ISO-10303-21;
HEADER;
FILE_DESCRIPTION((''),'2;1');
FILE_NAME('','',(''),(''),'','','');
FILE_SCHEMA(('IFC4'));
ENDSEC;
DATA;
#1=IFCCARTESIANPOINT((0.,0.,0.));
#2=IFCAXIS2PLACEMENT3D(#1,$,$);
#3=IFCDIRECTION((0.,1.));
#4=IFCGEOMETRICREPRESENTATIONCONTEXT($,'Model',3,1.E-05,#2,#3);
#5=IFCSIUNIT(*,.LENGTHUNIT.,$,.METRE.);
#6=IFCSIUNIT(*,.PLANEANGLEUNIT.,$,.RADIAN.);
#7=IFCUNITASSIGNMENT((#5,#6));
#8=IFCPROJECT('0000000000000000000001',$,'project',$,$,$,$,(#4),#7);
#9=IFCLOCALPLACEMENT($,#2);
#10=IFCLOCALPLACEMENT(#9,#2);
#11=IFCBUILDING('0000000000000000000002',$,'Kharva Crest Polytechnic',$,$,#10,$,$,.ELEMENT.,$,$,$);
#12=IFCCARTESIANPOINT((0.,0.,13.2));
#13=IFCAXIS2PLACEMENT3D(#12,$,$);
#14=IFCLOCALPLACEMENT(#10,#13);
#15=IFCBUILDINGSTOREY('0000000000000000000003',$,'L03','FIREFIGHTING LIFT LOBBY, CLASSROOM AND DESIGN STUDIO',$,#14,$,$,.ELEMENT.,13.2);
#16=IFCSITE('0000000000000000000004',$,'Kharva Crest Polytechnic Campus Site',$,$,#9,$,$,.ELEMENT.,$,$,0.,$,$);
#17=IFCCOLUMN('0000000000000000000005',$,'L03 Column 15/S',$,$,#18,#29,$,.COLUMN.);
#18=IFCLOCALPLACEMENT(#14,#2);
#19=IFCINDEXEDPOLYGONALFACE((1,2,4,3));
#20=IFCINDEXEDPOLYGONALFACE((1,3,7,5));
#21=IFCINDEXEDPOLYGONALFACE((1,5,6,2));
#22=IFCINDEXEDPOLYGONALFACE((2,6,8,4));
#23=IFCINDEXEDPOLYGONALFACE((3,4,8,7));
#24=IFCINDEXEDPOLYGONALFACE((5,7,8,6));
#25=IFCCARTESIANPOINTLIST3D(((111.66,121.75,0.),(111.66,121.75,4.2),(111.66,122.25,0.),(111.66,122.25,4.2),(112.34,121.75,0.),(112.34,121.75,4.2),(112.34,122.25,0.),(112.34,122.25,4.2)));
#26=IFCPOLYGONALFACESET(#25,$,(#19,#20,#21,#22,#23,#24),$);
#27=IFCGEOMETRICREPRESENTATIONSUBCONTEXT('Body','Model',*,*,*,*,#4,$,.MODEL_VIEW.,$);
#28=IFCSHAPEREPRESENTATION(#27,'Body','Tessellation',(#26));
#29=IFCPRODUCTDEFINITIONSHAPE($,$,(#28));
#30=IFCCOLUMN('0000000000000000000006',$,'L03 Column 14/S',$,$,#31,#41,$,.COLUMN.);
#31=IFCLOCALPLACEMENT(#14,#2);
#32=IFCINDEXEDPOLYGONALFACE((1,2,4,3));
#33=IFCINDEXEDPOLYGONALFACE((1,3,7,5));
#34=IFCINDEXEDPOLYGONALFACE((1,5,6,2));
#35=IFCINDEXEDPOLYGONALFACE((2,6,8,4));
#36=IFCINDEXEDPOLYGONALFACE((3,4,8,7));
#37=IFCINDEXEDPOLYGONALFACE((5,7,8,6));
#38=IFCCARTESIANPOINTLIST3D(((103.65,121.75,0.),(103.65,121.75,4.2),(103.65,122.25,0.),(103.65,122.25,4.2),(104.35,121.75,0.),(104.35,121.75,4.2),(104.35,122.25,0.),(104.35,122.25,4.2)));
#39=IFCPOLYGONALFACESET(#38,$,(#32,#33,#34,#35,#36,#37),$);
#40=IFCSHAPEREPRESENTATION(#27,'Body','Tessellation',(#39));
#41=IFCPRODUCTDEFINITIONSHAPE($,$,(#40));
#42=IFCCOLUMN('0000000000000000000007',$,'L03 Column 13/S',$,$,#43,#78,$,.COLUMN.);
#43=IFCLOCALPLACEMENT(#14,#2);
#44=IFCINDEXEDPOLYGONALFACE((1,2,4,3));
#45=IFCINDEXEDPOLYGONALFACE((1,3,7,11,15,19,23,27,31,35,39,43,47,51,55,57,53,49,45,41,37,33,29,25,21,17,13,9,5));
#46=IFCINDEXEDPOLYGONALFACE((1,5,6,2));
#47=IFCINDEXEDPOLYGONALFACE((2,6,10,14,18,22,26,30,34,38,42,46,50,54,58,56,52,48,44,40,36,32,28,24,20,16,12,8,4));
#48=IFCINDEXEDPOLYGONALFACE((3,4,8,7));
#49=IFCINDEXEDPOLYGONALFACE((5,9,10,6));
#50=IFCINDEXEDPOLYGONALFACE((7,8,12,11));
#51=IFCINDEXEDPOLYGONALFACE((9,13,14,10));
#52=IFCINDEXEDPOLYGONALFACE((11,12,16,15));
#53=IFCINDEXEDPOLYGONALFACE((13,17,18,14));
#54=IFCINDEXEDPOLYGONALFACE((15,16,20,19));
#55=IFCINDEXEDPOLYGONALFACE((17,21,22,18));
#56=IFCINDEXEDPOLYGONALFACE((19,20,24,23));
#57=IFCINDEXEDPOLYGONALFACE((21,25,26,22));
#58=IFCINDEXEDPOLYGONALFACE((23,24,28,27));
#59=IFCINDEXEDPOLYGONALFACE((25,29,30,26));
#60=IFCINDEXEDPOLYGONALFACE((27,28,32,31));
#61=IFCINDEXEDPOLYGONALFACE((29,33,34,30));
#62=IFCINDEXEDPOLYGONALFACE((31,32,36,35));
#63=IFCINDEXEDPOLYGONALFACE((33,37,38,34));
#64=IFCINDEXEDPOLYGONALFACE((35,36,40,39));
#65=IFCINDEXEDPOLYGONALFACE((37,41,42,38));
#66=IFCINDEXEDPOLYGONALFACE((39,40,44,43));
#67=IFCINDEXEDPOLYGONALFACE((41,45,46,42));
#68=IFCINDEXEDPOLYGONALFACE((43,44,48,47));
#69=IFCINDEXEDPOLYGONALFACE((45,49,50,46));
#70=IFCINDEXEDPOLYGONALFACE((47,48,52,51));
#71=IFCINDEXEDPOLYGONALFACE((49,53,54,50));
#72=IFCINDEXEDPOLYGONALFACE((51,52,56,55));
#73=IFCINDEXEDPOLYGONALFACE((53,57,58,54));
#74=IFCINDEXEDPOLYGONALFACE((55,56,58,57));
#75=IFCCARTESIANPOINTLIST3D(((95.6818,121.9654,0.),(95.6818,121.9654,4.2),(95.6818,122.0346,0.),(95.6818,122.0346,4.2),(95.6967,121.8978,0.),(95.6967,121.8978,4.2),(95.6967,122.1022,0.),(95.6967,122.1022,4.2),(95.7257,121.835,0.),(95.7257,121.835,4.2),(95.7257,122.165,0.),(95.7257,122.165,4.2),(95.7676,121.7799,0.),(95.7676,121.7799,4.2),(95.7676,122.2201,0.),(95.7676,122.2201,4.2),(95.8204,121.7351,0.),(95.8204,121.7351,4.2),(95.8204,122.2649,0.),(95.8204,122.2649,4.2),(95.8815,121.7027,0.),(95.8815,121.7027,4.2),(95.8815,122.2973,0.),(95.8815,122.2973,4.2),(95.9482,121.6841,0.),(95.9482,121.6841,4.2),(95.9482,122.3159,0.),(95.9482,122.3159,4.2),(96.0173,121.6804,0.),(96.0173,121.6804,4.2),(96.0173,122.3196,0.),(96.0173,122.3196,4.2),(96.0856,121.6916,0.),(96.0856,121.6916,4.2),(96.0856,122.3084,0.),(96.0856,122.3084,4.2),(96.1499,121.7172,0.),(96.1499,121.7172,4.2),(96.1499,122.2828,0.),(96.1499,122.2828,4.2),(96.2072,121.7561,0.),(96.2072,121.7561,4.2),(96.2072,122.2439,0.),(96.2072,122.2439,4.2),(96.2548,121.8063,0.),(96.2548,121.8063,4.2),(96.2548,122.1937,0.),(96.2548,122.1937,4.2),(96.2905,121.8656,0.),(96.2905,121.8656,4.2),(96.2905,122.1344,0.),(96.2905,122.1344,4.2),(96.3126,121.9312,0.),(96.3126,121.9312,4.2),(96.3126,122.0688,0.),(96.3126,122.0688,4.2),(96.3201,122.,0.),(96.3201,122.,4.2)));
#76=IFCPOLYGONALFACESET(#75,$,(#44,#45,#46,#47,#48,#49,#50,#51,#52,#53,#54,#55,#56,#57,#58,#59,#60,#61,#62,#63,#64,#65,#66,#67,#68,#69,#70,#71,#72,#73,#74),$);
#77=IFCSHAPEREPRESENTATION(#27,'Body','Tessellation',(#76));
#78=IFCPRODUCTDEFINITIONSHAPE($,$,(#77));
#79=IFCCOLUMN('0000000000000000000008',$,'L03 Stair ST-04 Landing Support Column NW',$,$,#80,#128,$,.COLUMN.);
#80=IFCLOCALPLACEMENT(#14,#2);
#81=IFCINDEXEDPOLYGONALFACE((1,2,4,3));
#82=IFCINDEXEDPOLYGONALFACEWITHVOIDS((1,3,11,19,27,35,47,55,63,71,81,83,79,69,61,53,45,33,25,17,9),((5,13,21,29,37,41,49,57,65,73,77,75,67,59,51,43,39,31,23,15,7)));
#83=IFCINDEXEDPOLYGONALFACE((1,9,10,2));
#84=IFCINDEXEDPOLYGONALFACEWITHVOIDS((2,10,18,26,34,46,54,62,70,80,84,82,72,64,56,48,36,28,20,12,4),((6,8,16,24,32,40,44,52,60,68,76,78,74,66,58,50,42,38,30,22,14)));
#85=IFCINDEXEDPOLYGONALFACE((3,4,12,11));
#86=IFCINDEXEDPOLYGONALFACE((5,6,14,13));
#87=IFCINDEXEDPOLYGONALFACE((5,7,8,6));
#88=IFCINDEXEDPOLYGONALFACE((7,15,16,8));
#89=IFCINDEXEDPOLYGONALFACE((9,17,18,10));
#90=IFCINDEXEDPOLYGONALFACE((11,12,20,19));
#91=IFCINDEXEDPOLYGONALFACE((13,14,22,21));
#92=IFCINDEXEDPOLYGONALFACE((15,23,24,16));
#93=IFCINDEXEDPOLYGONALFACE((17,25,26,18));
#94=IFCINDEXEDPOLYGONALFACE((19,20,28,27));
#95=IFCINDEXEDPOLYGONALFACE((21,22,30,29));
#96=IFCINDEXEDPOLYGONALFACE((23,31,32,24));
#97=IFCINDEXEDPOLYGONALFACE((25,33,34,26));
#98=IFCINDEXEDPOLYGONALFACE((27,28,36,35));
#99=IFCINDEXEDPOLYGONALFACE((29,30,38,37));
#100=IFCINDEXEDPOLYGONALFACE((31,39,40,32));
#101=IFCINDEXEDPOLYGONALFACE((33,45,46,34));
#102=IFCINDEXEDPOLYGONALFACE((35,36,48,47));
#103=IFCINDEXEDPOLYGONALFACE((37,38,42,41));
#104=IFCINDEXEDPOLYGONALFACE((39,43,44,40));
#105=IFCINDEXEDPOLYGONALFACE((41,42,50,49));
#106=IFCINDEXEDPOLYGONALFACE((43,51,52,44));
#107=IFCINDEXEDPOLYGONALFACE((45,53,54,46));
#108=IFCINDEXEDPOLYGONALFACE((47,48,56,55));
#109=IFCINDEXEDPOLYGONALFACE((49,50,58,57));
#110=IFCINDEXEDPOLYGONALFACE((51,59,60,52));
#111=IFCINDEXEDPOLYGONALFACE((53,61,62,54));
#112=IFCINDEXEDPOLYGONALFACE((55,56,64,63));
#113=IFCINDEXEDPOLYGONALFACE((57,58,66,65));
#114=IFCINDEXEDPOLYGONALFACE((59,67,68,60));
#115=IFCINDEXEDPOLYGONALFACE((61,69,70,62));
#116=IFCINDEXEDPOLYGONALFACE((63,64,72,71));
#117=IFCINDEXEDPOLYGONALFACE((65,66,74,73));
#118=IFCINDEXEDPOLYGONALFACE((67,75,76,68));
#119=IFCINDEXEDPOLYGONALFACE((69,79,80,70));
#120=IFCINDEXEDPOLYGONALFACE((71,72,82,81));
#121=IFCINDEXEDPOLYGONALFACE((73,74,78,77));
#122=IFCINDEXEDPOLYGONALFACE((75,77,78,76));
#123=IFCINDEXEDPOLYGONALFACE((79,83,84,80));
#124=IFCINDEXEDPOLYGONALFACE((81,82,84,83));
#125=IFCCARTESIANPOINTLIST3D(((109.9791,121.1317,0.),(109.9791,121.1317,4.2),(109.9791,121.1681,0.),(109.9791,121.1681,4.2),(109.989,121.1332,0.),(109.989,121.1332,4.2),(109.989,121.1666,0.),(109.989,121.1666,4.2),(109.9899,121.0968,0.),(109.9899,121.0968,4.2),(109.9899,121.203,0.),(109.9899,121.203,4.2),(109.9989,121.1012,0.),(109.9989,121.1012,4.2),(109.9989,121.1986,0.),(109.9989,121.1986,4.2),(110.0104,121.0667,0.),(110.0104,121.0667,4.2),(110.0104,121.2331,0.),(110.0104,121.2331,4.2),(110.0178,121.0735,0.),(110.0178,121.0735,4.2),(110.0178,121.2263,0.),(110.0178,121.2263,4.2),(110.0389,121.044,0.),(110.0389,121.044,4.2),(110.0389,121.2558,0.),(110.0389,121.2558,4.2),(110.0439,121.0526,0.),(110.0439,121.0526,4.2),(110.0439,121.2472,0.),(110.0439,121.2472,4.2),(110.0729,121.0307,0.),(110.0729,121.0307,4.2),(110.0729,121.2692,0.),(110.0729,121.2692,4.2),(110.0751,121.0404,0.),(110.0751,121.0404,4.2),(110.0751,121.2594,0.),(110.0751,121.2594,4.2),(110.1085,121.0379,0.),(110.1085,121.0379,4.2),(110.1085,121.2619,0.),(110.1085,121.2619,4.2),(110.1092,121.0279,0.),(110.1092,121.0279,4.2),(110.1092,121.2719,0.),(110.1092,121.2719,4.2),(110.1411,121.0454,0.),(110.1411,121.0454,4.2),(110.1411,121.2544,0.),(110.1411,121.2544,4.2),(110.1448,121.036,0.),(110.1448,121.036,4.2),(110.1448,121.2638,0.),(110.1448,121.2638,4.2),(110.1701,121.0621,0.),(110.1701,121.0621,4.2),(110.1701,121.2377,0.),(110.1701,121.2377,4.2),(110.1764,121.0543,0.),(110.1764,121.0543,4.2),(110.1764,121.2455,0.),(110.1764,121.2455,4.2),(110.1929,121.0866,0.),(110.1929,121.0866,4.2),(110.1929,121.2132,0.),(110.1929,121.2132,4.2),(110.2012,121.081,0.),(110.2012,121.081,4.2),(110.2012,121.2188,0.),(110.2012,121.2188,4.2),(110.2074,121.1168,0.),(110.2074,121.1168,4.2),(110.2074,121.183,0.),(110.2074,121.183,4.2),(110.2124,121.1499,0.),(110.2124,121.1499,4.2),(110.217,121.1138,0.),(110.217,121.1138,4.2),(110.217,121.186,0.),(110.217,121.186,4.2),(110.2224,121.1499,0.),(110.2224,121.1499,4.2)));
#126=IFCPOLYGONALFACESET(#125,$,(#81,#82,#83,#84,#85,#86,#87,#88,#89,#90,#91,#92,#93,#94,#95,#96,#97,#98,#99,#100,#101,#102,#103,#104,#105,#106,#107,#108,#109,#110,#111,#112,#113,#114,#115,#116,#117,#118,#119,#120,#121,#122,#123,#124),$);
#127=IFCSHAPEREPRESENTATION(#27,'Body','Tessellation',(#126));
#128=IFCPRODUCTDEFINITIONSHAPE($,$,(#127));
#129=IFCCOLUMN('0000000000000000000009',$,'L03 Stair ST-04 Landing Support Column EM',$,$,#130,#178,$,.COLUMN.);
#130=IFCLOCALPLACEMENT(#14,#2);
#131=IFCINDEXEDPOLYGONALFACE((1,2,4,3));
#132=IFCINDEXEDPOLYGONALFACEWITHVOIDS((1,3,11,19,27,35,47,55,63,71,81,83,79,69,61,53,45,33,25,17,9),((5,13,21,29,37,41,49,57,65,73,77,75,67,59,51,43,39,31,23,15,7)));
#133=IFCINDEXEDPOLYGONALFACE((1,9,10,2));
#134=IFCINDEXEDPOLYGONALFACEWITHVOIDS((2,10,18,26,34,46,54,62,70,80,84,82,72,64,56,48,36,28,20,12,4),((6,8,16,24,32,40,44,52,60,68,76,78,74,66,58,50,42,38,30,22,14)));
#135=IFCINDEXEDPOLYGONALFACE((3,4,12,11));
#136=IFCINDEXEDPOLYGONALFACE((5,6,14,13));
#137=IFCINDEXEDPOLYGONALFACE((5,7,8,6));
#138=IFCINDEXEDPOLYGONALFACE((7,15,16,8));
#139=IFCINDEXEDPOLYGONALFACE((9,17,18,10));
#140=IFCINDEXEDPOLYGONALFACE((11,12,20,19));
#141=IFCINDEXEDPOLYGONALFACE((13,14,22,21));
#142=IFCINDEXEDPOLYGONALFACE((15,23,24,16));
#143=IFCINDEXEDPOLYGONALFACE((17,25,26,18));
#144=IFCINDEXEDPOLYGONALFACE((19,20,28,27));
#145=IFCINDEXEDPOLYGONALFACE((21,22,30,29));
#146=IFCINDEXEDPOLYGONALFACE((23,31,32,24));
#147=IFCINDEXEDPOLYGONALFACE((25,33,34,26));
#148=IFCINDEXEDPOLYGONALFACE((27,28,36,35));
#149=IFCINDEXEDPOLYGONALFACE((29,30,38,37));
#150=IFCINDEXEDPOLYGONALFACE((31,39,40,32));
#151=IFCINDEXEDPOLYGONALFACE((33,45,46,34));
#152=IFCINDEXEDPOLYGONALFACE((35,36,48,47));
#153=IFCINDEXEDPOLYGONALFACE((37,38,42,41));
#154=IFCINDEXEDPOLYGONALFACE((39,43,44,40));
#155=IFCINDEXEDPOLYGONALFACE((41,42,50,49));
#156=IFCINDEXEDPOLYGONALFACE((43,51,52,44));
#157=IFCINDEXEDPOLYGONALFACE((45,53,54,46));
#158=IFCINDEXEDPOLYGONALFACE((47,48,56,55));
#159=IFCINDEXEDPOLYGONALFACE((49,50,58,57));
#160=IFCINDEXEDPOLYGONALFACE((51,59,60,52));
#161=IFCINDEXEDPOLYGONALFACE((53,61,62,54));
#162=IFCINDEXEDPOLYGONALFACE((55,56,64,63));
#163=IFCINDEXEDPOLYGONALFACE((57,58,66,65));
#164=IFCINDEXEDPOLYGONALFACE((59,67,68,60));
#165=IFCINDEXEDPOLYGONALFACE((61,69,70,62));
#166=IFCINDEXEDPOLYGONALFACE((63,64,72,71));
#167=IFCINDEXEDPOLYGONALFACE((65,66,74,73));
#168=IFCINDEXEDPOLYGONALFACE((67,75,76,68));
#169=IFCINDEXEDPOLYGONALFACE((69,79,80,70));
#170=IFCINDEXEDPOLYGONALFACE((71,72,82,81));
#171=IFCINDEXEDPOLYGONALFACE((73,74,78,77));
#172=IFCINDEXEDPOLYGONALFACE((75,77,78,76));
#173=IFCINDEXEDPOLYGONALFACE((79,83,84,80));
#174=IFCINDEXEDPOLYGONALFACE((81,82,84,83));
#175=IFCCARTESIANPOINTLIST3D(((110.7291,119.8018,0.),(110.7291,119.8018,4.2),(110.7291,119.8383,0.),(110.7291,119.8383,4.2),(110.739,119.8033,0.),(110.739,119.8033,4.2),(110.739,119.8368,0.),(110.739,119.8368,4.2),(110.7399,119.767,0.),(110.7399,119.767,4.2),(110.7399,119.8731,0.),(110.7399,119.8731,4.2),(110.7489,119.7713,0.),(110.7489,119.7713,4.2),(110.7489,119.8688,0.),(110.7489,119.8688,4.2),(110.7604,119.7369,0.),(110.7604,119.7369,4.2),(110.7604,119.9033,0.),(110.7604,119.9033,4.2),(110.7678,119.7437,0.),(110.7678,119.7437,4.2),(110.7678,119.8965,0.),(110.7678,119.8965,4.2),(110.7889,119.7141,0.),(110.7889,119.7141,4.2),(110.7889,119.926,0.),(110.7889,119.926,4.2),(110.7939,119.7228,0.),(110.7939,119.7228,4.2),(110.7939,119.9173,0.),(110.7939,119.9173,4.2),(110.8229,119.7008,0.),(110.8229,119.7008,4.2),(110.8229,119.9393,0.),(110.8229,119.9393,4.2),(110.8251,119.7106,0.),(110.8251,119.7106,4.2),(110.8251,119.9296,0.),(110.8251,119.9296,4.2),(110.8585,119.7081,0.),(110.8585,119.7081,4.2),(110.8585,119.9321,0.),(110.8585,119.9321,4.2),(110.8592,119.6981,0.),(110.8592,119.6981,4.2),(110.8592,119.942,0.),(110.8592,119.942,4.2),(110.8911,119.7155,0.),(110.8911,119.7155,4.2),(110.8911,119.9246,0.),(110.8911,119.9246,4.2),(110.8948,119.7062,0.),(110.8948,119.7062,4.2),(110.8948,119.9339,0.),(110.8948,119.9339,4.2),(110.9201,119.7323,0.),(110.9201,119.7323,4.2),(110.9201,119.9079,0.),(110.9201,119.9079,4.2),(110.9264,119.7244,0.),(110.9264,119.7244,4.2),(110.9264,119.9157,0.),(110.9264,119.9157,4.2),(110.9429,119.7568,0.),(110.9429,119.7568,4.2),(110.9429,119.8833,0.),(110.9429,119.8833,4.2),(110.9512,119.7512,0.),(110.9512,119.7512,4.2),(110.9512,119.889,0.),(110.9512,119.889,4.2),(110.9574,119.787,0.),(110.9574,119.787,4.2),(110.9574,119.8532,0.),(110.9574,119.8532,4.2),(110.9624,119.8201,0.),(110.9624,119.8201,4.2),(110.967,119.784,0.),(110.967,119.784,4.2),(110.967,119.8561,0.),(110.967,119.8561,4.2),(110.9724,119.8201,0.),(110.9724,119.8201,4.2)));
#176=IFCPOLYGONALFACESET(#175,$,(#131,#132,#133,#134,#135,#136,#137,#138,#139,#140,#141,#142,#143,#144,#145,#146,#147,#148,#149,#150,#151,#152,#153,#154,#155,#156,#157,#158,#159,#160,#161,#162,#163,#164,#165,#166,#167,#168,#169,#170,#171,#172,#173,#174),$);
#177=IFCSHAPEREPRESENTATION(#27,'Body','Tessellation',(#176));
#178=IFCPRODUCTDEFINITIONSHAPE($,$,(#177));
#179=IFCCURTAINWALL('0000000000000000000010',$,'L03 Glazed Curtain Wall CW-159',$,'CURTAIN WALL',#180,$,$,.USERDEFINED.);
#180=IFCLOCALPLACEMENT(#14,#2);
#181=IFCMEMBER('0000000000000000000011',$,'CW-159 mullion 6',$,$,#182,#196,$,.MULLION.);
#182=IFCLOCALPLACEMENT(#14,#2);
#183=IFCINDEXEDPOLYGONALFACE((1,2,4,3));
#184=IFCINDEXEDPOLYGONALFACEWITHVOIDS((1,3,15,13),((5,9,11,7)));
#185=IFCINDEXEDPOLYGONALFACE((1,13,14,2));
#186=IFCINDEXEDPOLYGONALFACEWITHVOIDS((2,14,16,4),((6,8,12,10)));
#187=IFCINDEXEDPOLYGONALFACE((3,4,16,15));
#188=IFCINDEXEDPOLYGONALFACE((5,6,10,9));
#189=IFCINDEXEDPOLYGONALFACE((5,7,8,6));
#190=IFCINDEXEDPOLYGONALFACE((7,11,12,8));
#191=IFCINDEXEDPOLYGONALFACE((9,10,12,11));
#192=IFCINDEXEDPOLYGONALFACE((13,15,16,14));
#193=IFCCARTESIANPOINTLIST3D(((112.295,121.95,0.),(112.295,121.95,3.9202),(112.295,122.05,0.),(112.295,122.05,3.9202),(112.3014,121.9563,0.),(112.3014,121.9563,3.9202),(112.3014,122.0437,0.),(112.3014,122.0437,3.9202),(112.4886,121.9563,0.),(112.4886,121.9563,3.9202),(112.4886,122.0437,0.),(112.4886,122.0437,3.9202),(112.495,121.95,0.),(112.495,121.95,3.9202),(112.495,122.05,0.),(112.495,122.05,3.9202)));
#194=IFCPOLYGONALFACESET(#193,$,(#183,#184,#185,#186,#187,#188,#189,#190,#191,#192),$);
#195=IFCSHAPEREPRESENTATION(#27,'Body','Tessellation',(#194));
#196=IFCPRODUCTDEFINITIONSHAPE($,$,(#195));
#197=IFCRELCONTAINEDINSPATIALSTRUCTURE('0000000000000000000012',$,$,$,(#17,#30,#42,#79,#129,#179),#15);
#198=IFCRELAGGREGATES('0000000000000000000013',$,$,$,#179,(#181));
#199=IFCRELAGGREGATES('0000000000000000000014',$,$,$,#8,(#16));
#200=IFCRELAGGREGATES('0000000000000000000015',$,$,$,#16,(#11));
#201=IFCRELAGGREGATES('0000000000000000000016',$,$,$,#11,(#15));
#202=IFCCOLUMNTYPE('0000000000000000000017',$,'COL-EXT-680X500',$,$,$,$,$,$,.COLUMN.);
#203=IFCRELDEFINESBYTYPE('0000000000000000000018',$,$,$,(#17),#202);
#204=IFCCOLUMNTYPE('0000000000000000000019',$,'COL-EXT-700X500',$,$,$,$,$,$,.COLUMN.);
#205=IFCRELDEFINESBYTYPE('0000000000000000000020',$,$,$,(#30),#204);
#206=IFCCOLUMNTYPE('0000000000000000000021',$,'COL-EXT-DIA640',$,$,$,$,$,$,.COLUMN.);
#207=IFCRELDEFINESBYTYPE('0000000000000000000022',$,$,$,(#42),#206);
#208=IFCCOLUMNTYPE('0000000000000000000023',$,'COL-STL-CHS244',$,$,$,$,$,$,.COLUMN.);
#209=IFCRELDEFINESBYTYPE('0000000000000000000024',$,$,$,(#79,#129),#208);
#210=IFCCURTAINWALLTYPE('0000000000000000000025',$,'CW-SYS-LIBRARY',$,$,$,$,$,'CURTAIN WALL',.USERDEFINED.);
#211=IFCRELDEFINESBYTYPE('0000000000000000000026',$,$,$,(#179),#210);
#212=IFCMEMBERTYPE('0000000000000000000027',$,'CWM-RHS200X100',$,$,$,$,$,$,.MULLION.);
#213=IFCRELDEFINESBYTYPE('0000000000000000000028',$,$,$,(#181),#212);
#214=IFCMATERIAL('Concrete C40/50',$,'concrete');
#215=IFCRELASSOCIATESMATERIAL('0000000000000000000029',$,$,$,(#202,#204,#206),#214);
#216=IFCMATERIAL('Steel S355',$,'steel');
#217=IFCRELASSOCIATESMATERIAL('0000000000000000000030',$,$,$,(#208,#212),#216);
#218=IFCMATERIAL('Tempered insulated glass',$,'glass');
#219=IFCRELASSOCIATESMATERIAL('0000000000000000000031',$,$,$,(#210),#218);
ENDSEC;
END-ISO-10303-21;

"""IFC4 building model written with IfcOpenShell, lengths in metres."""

from ifc_helpers import new_model, si_unit, direction, frame, origin, origin_2d, place, context, subcontext, project, spatial, rectangle, hollow_rectangle, circle, hollow_circle, extrude, material, material_profile, profile_set, type_object, element, aggregate, save


model = new_model("IFC4")

# Units and contexts
model_context = context("Model", 3, precision=1e-05, world=origin(), true_north=direction((0.0, 1.0)))
body_context = subcontext(model_context, "Body", "Model", "MODEL_VIEW")
ifc_project = project(units=[si_unit("LENGTHUNIT", "METRE"), si_unit("PLANEANGLEUNIT", "RADIAN")], contexts=[model_context])

# Site, building, storey
site_placement = place(None, origin())
site = spatial("IfcSite", under=ifc_project, at=site_placement, Name="Kharva Crest Polytechnic Campus Site", CompositionType="ELEMENT", RefElevation=0.0)
building_placement = place(site_placement, origin())
building = spatial("IfcBuilding", under=site, at=building_placement, Name="Kharva Crest Polytechnic", CompositionType="ELEMENT")
storey_placement = place(building_placement, frame((0.0, 0.0, 13.2)))
storey = spatial("IfcBuildingStorey", under=building, at=storey_placement, Name="L03", Description="FIREFIGHTING LIFT LOBBY, CLASSROOM AND DESIGN STUDIO", CompositionType="ELEMENT", Elevation=13.2)

# Columns
ifc_material_1 = material(Name="Concrete C40/50", Category="concrete")
ifc_material_profile_1 = material_profile(ifc_material_1, rectangle(XDim=0.6799, YDim=0.5, at=origin_2d()), Name="RECT 680 X 500")
ifc_profile_set_1 = profile_set([ifc_material_profile_1], Name="Concrete C40/50")
column_type_1 = type_object("IfcColumnType", Name="COL-EXT-680X500", PredefinedType="COLUMN", material=ifc_profile_set_1)
column_1_placement = place(storey_placement, frame((112.0, 122.0, 0.0), z_axis=(0.0, 0.0, 1.0), x_axis=(1.0, 0.0, 0.0)))
element("IfcColumn", 1, at=column_1_placement, inside=storey, type_object=column_type_1, Name="L03 Column 15/S", PredefinedType="COLUMN", context=body_context, shape_type="SweptSolid", body=[
    extrude(rectangle(XDim=0.6799, YDim=0.5, at=origin_2d()), origin(), (0.0, 0.0, 1.0), 4.2),
])
ifc_material_profile_2 = material_profile(ifc_material_1, rectangle(XDim=0.7, YDim=0.5, at=origin_2d()), Name="RECT 700 X 500")
ifc_profile_set_2 = profile_set([ifc_material_profile_2], Name="Concrete C40/50")
column_type_2 = type_object("IfcColumnType", Name="COL-EXT-700X500", PredefinedType="COLUMN", material=ifc_profile_set_2)
column_2_placement = place(storey_placement, frame((104.0, 122.0, 0.0), z_axis=(0.0, 0.0, 1.0), x_axis=(1.0, 0.0, 0.0)))
element("IfcColumn", 2, at=column_2_placement, inside=storey, type_object=column_type_2, Name="L03 Column 14/S", PredefinedType="COLUMN", context=body_context, shape_type="SweptSolid", body=[
    extrude(rectangle(XDim=0.7, YDim=0.5, at=origin_2d()), origin(), (0.0, 0.0, 1.0), 4.2),
])
ifc_material_profile_3 = material_profile(ifc_material_1, circle(Radius=0.3201, at=origin_2d()), Name="DIA 640")
ifc_profile_set_3 = profile_set([ifc_material_profile_3], Name="Concrete C40/50")
column_type_3 = type_object("IfcColumnType", Name="COL-EXT-DIA640", PredefinedType="COLUMN", material=ifc_profile_set_3)
column_3_placement = place(storey_placement, frame((96.0, 122.0, 0.0), z_axis=(0.0, 0.0, 1.0), x_axis=(1.0, 0.0, 0.0)))
element("IfcColumn", 3, at=column_3_placement, inside=storey, type_object=column_type_3, Name="L03 Column 13/S", PredefinedType="COLUMN", context=body_context, shape_type="SweptSolid", body=[
    extrude(circle(Radius=0.3201, at=origin_2d()), origin(), (0.0, 0.0, 1.0), 4.2),
])
ifc_material_2 = material(Name="Steel S355", Category="steel")
ifc_material_profile_4 = material_profile(ifc_material_2, hollow_circle(Radius=0.1223, WallThickness=0.01, at=origin_2d()), Name="CHS 244.5X10.0")
ifc_profile_set_4 = profile_set([ifc_material_profile_4], Name="Steel S355")
column_type_4 = type_object("IfcColumnType", Name="COL-STL-CHS244", PredefinedType="COLUMN", material=ifc_profile_set_4)
for number, where, z_axis, x_axis, name in (
    (4, (110.1001, 121.1499, 0.0), (0.0, 0.0, 1.0), (1.0, 0.0, 0.0), "L03 Stair ST-04 Landing Support Column NW"),
    (5, (110.8501, 119.8201, 0.0), (0.0, 0.0, 1.0), (1.0, 0.0, 0.0), "L03 Stair ST-04 Landing Support Column EM"),
):
    element("IfcColumn", number, at=place(storey_placement, frame(where, z_axis=z_axis, x_axis=x_axis)), inside=storey, type_object=column_type_4, Name=name, PredefinedType="COLUMN", context=body_context, shape_type="SweptSolid", body=[
        extrude(hollow_circle(Radius=0.1223, WallThickness=0.01, at=origin_2d()), origin(), (0.0, 0.0, 1.0), 4.2),
    ])

# Curtain wall, member
ifc_material_3 = material(Name="Tempered insulated glass", Category="glass")
curtain_wall_type = type_object("IfcCurtainWallType", Name="CW-SYS-LIBRARY", ElementType="CURTAIN WALL", PredefinedType="USERDEFINED", material=ifc_material_3)
curtain_wall_1_placement = place(storey_placement, origin())
curtain_wall_1 = element("IfcCurtainWall", 6, at=curtain_wall_1_placement, inside=storey, type_object=curtain_wall_type, Name="L03 Glazed Curtain Wall CW-159", ObjectType="CURTAIN WALL", PredefinedType="USERDEFINED")
ifc_material_profile_5 = material_profile(ifc_material_2, hollow_rectangle(XDim=0.1001, YDim=0.2, WallThickness=0.0063, at=origin_2d()), Name="RHS 200X100X6.3")
ifc_profile_set_5 = profile_set([ifc_material_profile_5], Name="Steel S355")
member_type_1 = type_object("IfcMemberType", Name="CWM-RHS200X100", PredefinedType="MULLION", material=ifc_profile_set_5)
member_1_placement = place(storey_placement, frame((112.395, 122.0, 0.0), z_axis=(0.0, 0.0, 1.0), x_axis=(0.0, -1.0, 0.0)))
member_1 = element("IfcMember", 7, at=member_1_placement, type_object=member_type_1, Name="CW-159 mullion 6", PredefinedType="MULLION", context=body_context, shape_type="SweptSolid", body=[
    extrude(hollow_rectangle(XDim=0.1001, YDim=0.2, WallThickness=0.0063, at=origin_2d()), origin(), (0.0, 0.0, 1.0), 3.9202),
])

aggregate(curtain_wall_1, [member_1])

save(model, "model.ifc")
